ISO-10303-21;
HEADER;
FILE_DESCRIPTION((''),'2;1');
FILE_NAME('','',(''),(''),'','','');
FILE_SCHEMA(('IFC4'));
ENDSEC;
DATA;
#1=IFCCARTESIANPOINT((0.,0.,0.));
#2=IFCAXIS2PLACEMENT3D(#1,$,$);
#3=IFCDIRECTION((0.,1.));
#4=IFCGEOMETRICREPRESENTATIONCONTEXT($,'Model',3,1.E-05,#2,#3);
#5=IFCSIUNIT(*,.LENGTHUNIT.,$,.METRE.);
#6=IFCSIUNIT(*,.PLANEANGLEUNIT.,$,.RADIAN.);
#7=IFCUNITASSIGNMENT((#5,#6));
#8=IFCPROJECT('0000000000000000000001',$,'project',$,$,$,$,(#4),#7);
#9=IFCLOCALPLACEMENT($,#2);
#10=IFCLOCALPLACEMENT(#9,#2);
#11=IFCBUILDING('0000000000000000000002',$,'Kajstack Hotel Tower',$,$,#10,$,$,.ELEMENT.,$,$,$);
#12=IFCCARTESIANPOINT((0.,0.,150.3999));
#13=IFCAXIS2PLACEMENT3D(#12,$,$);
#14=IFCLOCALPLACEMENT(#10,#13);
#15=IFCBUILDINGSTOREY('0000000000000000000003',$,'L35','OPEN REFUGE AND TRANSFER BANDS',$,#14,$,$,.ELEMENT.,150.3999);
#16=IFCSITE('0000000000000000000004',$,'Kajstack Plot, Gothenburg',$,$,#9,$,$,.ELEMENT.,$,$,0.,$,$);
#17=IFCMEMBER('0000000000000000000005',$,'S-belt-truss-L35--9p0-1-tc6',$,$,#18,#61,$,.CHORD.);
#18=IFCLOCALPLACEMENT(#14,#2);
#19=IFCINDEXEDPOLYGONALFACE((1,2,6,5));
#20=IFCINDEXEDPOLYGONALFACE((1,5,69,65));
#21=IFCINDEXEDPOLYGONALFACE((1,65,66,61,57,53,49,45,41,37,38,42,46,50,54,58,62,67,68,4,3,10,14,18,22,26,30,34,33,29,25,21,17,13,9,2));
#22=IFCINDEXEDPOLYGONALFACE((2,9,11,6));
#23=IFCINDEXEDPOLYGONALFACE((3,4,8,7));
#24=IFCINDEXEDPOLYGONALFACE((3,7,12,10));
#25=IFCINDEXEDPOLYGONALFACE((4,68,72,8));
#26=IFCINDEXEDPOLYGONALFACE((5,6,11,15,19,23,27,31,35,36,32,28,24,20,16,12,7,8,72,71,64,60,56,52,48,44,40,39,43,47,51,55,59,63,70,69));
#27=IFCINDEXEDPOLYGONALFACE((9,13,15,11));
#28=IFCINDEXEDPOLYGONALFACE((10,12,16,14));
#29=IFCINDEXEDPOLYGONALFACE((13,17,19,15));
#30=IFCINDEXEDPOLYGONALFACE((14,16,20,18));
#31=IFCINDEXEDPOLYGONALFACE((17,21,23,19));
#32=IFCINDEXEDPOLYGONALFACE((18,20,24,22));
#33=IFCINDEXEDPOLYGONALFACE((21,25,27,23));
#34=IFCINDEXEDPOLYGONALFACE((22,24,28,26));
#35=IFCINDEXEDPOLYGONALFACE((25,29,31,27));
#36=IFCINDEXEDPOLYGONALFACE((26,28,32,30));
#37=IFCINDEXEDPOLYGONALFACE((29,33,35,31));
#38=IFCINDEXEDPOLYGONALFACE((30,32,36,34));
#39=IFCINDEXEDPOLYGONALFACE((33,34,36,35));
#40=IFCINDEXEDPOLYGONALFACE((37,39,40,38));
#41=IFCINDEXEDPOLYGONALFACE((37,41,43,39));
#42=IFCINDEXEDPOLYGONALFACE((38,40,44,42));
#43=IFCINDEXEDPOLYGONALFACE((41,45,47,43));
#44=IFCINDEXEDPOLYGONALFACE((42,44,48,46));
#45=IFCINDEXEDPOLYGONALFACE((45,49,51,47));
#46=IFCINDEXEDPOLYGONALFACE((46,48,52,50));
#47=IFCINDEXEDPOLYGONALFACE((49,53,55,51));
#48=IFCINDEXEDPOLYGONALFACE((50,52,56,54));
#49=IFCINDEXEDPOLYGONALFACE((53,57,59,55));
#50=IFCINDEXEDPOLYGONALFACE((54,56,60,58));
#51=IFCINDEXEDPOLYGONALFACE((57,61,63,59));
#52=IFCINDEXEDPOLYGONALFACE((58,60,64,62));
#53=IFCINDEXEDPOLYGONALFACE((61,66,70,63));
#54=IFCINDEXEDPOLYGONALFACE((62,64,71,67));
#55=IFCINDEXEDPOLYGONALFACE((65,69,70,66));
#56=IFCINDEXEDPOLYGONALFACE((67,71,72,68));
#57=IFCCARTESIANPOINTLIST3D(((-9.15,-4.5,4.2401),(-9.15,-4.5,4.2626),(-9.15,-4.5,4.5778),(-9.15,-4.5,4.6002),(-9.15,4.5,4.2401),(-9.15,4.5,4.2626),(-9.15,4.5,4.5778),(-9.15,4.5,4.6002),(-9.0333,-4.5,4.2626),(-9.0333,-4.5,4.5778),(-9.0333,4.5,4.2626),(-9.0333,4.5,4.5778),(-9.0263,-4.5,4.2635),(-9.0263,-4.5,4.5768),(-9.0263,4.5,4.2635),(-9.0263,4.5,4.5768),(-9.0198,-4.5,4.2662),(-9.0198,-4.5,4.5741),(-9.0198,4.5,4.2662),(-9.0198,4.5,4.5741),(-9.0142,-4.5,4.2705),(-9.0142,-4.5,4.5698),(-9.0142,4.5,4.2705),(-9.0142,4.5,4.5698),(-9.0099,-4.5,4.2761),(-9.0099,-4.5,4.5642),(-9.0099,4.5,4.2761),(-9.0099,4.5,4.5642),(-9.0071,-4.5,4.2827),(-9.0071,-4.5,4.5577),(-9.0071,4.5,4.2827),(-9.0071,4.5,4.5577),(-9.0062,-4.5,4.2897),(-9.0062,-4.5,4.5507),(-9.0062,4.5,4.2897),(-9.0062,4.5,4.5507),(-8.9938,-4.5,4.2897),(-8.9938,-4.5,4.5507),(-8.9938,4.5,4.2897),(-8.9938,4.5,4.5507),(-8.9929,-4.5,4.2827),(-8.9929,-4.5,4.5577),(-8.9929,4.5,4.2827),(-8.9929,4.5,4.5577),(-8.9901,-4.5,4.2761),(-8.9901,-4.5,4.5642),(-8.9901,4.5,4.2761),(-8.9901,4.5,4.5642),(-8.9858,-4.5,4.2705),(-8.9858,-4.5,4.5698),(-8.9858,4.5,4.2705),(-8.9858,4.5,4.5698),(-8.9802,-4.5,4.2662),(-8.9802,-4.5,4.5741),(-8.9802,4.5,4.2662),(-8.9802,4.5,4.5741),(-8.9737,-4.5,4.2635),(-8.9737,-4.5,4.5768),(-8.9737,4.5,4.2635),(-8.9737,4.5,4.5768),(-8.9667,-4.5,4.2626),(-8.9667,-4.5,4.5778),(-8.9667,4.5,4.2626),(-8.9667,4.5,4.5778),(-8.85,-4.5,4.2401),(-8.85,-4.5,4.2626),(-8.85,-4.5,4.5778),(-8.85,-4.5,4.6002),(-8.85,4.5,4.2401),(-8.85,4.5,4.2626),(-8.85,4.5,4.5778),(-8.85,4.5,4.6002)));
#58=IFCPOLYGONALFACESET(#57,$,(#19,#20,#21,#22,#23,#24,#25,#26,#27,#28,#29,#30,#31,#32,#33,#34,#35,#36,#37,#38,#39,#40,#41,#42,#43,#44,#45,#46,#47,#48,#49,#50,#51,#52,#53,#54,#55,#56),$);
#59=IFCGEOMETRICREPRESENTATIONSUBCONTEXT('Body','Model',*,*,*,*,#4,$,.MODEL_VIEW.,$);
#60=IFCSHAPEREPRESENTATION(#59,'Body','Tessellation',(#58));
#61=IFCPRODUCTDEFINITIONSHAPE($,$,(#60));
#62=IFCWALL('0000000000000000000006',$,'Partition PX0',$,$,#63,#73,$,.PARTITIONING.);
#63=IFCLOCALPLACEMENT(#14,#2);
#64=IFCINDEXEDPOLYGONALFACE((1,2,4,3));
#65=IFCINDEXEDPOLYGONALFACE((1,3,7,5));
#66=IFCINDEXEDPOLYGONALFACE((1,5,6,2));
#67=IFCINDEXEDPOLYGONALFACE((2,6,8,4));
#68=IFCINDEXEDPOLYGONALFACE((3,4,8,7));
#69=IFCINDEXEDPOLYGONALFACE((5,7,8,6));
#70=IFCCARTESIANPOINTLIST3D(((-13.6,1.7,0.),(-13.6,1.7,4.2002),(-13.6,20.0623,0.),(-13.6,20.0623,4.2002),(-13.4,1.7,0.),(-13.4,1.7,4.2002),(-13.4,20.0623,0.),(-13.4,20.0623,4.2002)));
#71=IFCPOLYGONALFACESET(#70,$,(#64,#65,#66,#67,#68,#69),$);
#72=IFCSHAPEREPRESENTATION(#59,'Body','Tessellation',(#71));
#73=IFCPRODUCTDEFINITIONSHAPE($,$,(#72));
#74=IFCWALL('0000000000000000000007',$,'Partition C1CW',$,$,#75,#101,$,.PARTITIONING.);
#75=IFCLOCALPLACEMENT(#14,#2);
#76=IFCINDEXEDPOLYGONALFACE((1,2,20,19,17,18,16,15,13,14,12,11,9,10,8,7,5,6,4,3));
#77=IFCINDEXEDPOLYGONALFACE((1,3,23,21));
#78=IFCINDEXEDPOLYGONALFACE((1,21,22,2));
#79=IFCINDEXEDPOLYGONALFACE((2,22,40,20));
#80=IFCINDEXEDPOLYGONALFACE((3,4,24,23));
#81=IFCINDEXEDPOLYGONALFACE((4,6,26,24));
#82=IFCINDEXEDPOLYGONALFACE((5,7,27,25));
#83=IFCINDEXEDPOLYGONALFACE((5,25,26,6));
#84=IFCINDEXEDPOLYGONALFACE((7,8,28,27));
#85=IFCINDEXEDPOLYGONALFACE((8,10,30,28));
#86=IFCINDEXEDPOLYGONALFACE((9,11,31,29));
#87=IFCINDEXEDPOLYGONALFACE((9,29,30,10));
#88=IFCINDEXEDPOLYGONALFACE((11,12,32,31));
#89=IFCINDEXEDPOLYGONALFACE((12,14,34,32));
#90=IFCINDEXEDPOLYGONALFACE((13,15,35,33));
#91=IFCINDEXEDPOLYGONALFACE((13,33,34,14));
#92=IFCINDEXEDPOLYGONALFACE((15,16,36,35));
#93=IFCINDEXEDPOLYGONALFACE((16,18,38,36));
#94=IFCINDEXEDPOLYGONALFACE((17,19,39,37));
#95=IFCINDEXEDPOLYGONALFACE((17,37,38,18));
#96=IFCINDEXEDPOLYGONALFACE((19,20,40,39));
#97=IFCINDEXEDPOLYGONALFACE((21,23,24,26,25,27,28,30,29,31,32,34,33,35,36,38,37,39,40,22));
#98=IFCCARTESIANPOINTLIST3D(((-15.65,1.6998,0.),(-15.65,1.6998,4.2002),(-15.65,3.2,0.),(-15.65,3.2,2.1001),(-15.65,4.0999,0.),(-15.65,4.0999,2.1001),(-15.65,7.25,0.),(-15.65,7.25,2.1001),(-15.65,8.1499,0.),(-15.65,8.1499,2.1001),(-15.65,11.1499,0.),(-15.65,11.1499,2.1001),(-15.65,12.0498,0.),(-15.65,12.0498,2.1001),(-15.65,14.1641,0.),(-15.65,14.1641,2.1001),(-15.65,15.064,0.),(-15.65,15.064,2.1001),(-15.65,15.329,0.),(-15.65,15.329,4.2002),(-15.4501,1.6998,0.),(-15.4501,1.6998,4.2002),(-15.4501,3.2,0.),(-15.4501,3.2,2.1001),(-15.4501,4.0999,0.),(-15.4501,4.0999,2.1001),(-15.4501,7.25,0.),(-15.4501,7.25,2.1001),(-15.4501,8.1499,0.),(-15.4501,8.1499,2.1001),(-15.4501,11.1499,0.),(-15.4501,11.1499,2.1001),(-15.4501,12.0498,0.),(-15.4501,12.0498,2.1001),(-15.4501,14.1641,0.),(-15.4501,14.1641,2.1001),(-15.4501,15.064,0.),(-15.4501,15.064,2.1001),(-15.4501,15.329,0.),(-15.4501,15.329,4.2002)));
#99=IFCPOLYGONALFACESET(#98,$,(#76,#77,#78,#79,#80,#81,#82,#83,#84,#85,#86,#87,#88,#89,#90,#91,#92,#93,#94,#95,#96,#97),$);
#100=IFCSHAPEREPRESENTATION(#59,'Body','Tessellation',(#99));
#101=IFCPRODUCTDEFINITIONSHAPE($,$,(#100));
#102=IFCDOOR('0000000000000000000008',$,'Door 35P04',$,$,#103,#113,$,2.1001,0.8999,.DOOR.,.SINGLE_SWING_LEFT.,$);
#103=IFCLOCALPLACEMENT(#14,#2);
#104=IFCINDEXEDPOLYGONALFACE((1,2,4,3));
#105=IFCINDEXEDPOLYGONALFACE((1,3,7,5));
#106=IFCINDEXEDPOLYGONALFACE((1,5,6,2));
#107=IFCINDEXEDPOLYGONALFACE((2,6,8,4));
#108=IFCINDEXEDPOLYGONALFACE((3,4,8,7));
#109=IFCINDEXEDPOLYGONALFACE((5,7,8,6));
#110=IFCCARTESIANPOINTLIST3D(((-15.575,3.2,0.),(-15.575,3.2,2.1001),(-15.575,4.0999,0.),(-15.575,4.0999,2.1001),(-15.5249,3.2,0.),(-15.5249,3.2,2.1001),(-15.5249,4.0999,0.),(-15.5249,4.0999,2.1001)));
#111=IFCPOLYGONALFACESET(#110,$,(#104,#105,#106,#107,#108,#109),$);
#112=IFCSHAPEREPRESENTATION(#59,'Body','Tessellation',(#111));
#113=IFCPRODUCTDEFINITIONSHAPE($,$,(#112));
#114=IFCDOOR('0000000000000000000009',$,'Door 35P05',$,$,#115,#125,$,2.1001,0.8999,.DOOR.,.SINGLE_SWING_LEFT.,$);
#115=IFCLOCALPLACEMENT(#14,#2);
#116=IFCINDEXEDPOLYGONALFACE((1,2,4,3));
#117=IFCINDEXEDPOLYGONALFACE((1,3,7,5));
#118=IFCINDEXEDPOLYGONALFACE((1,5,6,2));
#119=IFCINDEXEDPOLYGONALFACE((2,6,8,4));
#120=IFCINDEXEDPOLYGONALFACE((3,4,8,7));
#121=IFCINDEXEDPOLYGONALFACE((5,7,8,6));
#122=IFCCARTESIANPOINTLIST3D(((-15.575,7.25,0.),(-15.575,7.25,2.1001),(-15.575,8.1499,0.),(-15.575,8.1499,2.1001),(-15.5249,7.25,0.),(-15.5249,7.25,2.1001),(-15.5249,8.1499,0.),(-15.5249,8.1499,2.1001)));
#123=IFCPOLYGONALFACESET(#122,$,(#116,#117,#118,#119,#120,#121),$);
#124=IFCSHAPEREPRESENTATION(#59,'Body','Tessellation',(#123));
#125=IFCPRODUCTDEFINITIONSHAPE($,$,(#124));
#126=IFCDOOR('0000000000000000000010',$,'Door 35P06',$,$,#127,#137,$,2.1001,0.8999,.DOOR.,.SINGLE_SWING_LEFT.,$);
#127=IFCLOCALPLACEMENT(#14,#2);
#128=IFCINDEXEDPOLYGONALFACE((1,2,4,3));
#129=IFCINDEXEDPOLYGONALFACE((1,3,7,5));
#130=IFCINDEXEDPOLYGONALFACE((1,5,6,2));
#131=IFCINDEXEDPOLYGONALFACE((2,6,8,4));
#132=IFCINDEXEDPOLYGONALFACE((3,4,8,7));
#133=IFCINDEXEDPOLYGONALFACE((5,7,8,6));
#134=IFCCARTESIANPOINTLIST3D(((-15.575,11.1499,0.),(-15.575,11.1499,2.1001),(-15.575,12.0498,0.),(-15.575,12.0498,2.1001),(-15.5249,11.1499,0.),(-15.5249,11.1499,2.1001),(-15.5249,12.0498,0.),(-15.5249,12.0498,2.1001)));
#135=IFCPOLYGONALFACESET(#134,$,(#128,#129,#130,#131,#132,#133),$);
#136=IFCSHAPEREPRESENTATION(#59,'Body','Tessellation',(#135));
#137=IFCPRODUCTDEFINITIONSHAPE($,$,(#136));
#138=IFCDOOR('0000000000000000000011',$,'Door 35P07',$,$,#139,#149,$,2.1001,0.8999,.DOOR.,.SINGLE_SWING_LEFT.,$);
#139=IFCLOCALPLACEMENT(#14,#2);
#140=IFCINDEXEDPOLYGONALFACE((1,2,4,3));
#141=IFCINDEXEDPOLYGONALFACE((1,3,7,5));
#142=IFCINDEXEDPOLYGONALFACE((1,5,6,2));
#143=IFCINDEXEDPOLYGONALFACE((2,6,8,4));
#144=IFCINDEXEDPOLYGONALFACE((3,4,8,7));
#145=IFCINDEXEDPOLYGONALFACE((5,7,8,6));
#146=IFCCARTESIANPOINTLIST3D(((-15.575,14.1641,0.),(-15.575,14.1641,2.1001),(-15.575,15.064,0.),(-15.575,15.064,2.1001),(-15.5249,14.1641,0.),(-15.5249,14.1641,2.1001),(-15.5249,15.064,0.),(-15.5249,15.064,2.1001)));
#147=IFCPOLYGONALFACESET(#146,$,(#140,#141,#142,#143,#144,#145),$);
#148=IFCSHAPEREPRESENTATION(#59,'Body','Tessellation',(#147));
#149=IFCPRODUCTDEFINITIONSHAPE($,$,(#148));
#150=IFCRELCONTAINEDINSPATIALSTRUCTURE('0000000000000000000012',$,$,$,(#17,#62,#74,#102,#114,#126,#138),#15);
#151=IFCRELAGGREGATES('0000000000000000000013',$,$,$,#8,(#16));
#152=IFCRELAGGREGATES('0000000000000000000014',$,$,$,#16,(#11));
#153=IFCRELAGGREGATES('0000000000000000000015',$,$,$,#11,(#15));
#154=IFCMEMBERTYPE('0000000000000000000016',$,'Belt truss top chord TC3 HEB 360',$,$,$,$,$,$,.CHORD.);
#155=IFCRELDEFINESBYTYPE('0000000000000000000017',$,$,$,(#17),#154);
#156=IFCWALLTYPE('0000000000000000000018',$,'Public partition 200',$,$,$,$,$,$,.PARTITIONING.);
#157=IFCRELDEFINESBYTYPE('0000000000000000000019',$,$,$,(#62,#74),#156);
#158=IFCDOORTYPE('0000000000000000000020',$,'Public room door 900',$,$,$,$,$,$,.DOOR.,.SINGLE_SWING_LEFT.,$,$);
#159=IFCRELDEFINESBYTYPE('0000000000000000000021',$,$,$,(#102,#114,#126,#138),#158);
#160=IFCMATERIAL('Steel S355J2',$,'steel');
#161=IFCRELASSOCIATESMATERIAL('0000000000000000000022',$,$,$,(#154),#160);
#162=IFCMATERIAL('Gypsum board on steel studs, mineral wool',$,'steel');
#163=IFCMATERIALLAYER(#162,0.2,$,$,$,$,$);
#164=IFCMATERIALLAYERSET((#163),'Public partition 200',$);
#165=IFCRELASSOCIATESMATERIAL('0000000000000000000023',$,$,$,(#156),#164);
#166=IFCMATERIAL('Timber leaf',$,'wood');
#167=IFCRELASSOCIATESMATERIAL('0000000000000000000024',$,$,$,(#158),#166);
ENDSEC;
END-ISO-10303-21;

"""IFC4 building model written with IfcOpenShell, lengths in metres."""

from ifc_helpers import new_model, si_unit, direction, frame, frame_2d, origin, origin_2d, place, context, subcontext, project, spatial, rectangle, i_section, extrude, material, layer, layer_set, material_profile, profile_set, type_object, element, fill, save


model = new_model("IFC4")

# Units and contexts
model_context = context("Model", 3, precision=1e-05, world=origin(), true_north=direction((0.0, 1.0)))
body_context = subcontext(model_context, "Body", "Model", "MODEL_VIEW")
ifc_project = project(units=[si_unit("LENGTHUNIT", "METRE"), si_unit("PLANEANGLEUNIT", "RADIAN")], contexts=[model_context])

# Site, building, storey
site_placement = place(None, origin())
site = spatial("IfcSite", under=ifc_project, at=site_placement, Name="Kajstack Plot, Gothenburg", CompositionType="ELEMENT", RefElevation=0.0)
building_placement = place(site_placement, origin())
building = spatial("IfcBuilding", under=site, at=building_placement, Name="Kajstack Hotel Tower", CompositionType="ELEMENT")
storey_placement = place(building_placement, frame((0.0, 0.0, 150.3999)))
storey = spatial("IfcBuildingStorey", under=building, at=storey_placement, Name="L35", Description="OPEN REFUGE AND TRANSFER BANDS", CompositionType="ELEMENT", Elevation=150.3999)

# Member
ifc_material_1 = material(Name="Steel S355J2", Category="steel")
ifc_material_profile_1 = material_profile(ifc_material_1, i_section(OverallWidth=0.3, OverallDepth=0.3601, WebThickness=0.0125, FlangeThickness=0.0225, FilletRadius=0.0271, at=origin_2d()), Name="HEB 360")
ifc_profile_set_1 = profile_set([ifc_material_profile_1], Name="Steel S355J2")
member_type_1 = type_object("IfcMemberType", Name="Belt truss top chord TC3 HEB 360", PredefinedType="CHORD", material=ifc_profile_set_1)
member_1_placement = place(storey_placement, frame((-9.0, -4.5, 4.4202), z_axis=(0.0, 1.0, 0.0), x_axis=(-1.0, 0.0, 0.0)))
element("IfcMember", 1, at=member_1_placement, inside=storey, type_object=member_type_1, Name="S-belt-truss-L35--9p0-1-tc6", PredefinedType="CHORD", context=body_context, shape_type="SweptSolid", body=[
    extrude(i_section(OverallWidth=0.3, OverallDepth=0.3601, WebThickness=0.0125, FlangeThickness=0.0225, FilletRadius=0.0271, at=origin_2d()), origin(), (0.0, 0.0, 1.0), 9.0),
])

# Wall
ifc_material_2 = material(Name="Gypsum board on steel studs, mineral wool", Category="steel")
ifc_layer_1 = layer(ifc_material_2, 0.2)
ifc_layer_set_1 = layer_set([ifc_layer_1], Name="Public partition 200")
wall_type = type_object("IfcWallType", Name="Public partition 200", PredefinedType="PARTITIONING", material=ifc_layer_set_1)
wall_1_placement = place(storey_placement, frame((-13.5, 1.7, 0.0), z_axis=(0.0, 0.0, 1.0), x_axis=(0.0, 1.0, 0.0)))
element("IfcWall", 2, at=wall_1_placement, inside=storey, type_object=wall_type, Name="Partition PX0", PredefinedType="PARTITIONING", context=body_context, shape_type="SweptSolid", body=[
    extrude(rectangle(XDim=18.3623, YDim=0.2, at=frame_2d((9.1812, 0.0))), origin(), (0.0, 0.0, 1.0), 4.2002),
])

# Wall, openings, doors
wall_2_placement = place(storey_placement, frame((-15.55, 1.7, 0.0), z_axis=(0.0, 0.0, 1.0), x_axis=(0.0, 1.0, 0.0)))
wall_2 = element("IfcWall", 3, at=wall_2_placement, inside=storey, type_object=wall_type, Name="Partition C1CW", PredefinedType="PARTITIONING", context=body_context, shape_type="SweptSolid", body=[
    extrude(rectangle(XDim=13.6292, YDim=0.2, at=frame_2d((6.8145, 0.0))), origin(), (0.0, 0.0, 1.0), 4.2002),
])
opening_1_placement = place(wall_2_placement, frame((1.5, 0.0, 0.0)))
opening_1 = element("IfcOpeningElement", 4, at=opening_1_placement, cuts=wall_2, PredefinedType="OPENING", context=body_context, shape_type="SweptSolid", body=[
    extrude(rectangle(XDim=0.8999, YDim=2.1001, at=frame_2d((0.45, 1.05))), frame((0.0, 0.1099, 0.0), z_axis=(0.0, -1.0, 0.0), x_axis=(1.0, 0.0, 0.0)), (0.0, 0.0, 1.0), 0.22),
])
opening_2_placement = place(wall_2_placement, frame((5.55, 0.0, 0.0)))
opening_2 = element("IfcOpeningElement", 5, at=opening_2_placement, cuts=wall_2, PredefinedType="OPENING", context=body_context, shape_type="SweptSolid", body=[
    extrude(rectangle(XDim=0.8999, YDim=2.1001, at=frame_2d((0.45, 1.05))), frame((0.0, 0.1099, 0.0), z_axis=(0.0, -1.0, 0.0), x_axis=(1.0, 0.0, 0.0)), (0.0, 0.0, 1.0), 0.22),
])
opening_3_placement = place(wall_2_placement, frame((9.45, 0.0, 0.0)))
opening_3 = element("IfcOpeningElement", 6, at=opening_3_placement, cuts=wall_2, PredefinedType="OPENING", context=body_context, shape_type="SweptSolid", body=[
    extrude(rectangle(XDim=0.8999, YDim=2.1001, at=frame_2d((0.45, 1.05))), frame((0.0, 0.1099, 0.0), z_axis=(0.0, -1.0, 0.0), x_axis=(1.0, 0.0, 0.0)), (0.0, 0.0, 1.0), 0.22),
])
opening_4_placement = place(wall_2_placement, frame((12.4641, 0.0, 0.0)))
opening_4 = element("IfcOpeningElement", 7, at=opening_4_placement, cuts=wall_2, PredefinedType="OPENING", context=body_context, shape_type="SweptSolid", body=[
    extrude(rectangle(XDim=0.8999, YDim=2.1001, at=frame_2d((0.45, 1.05))), frame((0.0, 0.1099, 0.0), z_axis=(0.0, -1.0, 0.0), x_axis=(1.0, 0.0, 0.0)), (0.0, 0.0, 1.0), 0.22),
])
ifc_material_3 = material(Name="Timber leaf", Category="wood")
door_type_1 = type_object("IfcDoorType", Name="Public room door 900", OperationType="SINGLE_SWING_LEFT", PredefinedType="DOOR", material=ifc_material_3)
door_1_placement = place(opening_1_placement, origin())
door_1 = element("IfcDoor", 8, at=door_1_placement, inside=storey, type_object=door_type_1, Name="Door 35P04", OperationType="SINGLE_SWING_LEFT", OverallHeight=2.1001, OverallWidth=0.8999, PredefinedType="DOOR", context=body_context, shape_type="SweptSolid", body=[
    extrude(rectangle(XDim=0.8999, YDim=2.1001, at=frame_2d((0.45, 1.05))), frame((0.0, 0.0249, 0.0), z_axis=(0.0, -1.0, 0.0), x_axis=(1.0, 0.0, 0.0)), (0.0, 0.0, 1.0), 0.05),
])
fill(opening_1, door_1)
door_2_placement = place(opening_2_placement, origin())
door_2 = element("IfcDoor", 9, at=door_2_placement, inside=storey, type_object=door_type_1, Name="Door 35P05", OperationType="SINGLE_SWING_LEFT", OverallHeight=2.1001, OverallWidth=0.8999, PredefinedType="DOOR", context=body_context, shape_type="SweptSolid", body=[
    extrude(rectangle(XDim=0.8999, YDim=2.1001, at=frame_2d((0.45, 1.05))), frame((0.0, 0.0249, 0.0), z_axis=(0.0, -1.0, 0.0), x_axis=(1.0, 0.0, 0.0)), (0.0, 0.0, 1.0), 0.05),
])
fill(opening_2, door_2)
door_3_placement = place(opening_3_placement, origin())
door_3 = element("IfcDoor", 10, at=door_3_placement, inside=storey, type_object=door_type_1, Name="Door 35P06", OperationType="SINGLE_SWING_LEFT", OverallHeight=2.1001, OverallWidth=0.8999, PredefinedType="DOOR", context=body_context, shape_type="SweptSolid", body=[
    extrude(rectangle(XDim=0.8999, YDim=2.1001, at=frame_2d((0.45, 1.05))), frame((0.0, 0.0249, 0.0), z_axis=(0.0, -1.0, 0.0), x_axis=(1.0, 0.0, 0.0)), (0.0, 0.0, 1.0), 0.05),
])
fill(opening_3, door_3)
door_4_placement = place(opening_4_placement, origin())
door_4 = element("IfcDoor", 11, at=door_4_placement, inside=storey, type_object=door_type_1, Name="Door 35P07", OperationType="SINGLE_SWING_LEFT", OverallHeight=2.1001, OverallWidth=0.8999, PredefinedType="DOOR", context=body_context, shape_type="SweptSolid", body=[
    extrude(rectangle(XDim=0.8999, YDim=2.1001, at=frame_2d((0.45, 1.05))), frame((0.0, 0.0249, 0.0), z_axis=(0.0, -1.0, 0.0), x_axis=(1.0, 0.0, 0.0)), (0.0, 0.0, 1.0), 0.05),
])
fill(opening_4, door_4)

save(model, "model.ifc")
